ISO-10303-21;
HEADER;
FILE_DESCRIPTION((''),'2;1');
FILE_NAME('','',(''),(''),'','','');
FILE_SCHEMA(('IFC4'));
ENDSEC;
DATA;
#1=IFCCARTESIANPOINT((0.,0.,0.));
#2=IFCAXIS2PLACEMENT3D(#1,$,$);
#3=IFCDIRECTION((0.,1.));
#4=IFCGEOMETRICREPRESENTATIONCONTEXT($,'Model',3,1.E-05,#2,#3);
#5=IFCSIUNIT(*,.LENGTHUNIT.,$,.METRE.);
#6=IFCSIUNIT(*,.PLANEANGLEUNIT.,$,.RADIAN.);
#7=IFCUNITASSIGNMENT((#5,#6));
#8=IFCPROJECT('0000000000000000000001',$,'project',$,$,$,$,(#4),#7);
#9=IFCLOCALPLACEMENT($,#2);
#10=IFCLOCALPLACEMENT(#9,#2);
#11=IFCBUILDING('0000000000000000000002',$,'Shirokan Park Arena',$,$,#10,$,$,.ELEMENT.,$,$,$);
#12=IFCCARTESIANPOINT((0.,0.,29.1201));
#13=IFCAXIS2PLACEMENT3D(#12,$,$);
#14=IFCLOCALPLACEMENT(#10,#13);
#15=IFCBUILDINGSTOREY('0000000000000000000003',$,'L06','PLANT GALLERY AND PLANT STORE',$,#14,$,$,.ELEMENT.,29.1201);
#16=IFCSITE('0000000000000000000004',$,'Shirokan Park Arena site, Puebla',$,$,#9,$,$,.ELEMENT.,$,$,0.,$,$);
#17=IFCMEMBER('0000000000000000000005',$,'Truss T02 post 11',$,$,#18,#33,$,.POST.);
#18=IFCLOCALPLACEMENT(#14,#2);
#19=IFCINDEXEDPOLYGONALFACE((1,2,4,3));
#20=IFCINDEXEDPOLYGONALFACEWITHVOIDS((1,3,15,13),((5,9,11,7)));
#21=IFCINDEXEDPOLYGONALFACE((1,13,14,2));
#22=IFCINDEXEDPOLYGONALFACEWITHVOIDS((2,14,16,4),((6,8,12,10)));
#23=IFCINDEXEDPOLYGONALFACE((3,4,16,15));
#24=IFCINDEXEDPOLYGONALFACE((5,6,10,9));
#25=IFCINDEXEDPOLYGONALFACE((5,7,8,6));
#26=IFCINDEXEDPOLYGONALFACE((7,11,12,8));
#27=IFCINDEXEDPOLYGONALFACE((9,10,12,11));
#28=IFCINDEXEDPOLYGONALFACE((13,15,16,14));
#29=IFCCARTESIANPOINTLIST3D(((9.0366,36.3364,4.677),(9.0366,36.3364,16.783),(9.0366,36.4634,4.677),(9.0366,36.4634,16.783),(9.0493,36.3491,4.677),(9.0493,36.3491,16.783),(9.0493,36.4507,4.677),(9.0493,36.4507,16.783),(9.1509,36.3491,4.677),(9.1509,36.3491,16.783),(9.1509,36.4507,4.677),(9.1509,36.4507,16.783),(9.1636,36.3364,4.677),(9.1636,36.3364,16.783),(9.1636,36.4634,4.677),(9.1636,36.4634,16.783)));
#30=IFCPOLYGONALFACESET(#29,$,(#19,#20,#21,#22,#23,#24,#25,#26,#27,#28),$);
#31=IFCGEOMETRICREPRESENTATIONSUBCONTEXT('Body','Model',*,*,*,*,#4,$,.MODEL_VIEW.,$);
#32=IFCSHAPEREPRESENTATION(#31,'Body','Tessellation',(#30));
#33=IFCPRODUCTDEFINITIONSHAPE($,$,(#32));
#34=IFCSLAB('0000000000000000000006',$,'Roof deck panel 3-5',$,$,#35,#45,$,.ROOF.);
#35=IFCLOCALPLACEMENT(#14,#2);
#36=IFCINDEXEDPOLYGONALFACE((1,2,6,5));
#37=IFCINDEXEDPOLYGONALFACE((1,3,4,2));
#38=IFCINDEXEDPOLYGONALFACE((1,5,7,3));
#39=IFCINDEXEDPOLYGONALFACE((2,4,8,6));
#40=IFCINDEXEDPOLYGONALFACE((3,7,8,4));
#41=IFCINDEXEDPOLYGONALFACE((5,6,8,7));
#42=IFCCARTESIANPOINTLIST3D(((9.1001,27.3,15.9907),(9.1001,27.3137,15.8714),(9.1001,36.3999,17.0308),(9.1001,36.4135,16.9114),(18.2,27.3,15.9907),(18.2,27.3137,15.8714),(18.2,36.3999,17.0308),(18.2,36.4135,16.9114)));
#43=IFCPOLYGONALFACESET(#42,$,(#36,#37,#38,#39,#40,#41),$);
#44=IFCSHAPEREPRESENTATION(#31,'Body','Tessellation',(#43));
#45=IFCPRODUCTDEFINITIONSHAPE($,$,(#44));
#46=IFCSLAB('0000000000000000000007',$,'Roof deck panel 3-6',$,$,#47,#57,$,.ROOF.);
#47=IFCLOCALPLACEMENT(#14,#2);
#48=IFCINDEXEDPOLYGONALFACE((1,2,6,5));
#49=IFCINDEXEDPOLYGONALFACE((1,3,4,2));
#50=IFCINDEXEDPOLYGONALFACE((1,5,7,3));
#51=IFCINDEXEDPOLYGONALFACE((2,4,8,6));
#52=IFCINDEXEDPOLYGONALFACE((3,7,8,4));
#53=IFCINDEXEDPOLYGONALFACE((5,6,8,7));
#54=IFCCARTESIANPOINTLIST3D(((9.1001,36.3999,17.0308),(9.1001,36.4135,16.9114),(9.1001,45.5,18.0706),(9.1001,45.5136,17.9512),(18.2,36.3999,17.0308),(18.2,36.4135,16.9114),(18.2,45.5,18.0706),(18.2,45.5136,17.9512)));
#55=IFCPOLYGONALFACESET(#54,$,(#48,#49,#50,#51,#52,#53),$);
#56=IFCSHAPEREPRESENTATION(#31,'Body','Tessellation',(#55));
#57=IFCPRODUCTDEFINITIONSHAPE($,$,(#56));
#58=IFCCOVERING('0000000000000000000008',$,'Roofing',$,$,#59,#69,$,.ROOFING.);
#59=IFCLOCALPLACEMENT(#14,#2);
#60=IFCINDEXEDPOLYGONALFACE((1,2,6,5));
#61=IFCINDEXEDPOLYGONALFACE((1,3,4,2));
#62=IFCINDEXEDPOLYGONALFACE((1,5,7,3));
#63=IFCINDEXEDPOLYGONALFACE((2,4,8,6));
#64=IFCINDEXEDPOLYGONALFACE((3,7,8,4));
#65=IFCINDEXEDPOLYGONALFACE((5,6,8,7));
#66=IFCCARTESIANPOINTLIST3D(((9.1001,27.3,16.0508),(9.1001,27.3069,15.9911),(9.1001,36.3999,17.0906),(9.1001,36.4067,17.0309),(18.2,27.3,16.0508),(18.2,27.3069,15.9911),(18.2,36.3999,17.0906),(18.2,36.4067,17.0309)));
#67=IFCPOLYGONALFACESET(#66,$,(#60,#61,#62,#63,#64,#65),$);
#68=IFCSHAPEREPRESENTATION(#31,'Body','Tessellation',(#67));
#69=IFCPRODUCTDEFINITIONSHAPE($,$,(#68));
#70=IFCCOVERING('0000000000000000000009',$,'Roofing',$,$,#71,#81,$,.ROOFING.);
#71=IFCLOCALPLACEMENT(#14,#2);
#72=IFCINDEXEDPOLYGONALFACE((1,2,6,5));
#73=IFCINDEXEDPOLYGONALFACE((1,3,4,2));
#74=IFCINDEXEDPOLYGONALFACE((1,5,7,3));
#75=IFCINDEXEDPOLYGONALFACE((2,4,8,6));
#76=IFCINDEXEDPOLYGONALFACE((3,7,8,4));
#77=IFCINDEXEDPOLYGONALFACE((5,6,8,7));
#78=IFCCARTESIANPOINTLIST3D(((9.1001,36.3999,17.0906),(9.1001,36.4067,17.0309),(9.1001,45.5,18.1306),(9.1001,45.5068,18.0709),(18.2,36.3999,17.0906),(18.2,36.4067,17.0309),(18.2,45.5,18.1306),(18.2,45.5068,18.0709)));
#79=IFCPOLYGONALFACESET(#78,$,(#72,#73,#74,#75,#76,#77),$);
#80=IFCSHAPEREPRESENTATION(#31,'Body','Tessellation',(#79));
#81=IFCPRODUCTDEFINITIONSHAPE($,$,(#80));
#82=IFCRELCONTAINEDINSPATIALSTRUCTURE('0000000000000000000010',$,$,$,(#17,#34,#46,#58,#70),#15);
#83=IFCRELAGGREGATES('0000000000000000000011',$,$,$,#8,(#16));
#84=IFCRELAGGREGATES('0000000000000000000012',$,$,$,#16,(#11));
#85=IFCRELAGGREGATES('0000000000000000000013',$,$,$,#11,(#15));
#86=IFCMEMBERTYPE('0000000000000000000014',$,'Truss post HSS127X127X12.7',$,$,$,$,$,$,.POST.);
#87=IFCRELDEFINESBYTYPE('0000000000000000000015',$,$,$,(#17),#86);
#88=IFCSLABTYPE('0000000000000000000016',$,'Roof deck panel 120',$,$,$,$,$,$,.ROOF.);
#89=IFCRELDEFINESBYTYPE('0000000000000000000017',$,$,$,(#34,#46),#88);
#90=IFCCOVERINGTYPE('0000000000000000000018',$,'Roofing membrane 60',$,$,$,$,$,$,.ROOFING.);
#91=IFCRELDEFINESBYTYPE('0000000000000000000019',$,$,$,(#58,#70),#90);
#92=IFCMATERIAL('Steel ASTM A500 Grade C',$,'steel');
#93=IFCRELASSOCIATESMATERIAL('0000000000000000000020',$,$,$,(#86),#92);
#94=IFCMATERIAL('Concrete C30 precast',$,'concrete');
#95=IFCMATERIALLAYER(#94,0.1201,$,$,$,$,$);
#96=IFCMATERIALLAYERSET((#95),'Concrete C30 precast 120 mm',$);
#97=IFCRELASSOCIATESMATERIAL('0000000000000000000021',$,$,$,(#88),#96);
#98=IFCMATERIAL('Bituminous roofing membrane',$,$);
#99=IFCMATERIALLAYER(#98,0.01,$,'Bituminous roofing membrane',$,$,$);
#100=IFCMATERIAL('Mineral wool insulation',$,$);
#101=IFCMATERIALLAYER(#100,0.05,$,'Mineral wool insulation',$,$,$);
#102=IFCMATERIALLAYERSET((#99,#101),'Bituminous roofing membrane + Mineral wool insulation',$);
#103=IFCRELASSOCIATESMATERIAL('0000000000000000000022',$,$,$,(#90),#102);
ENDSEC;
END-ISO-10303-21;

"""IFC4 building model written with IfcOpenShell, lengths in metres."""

from ifc_helpers import new_model, si_unit, direction, frame, origin, origin_2d, place, context, subcontext, project, spatial, polyline, hollow_rectangle, outline, extrude, material, layer, layer_set, material_profile, profile_set, type_object, element, save


model = new_model("IFC4")

# Units and contexts
model_context = context("Model", 3, precision=1e-05, world=origin(), true_north=direction((0.0, 1.0)))
body_context = subcontext(model_context, "Body", "Model", "MODEL_VIEW")
ifc_project = project(units=[si_unit("LENGTHUNIT", "METRE"), si_unit("PLANEANGLEUNIT", "RADIAN")], contexts=[model_context])

# Site, building, storey
site_placement = place(None, origin())
site = spatial("IfcSite", under=ifc_project, at=site_placement, Name="Shirokan Park Arena site, Puebla", CompositionType="ELEMENT", RefElevation=0.0)
building_placement = place(site_placement, origin())
building = spatial("IfcBuilding", under=site, at=building_placement, Name="Shirokan Park Arena", CompositionType="ELEMENT")
storey_placement = place(building_placement, frame((0.0, 0.0, 29.1201)))
storey = spatial("IfcBuildingStorey", under=building, at=storey_placement, Name="L06", Description="PLANT GALLERY AND PLANT STORE", CompositionType="ELEMENT", Elevation=29.1201)

# Member
ifc_material_1 = material(Name="Steel ASTM A500 Grade C", Category="steel")
ifc_material_profile_1 = material_profile(ifc_material_1, hollow_rectangle(XDim=0.127, YDim=0.127, WallThickness=0.0127, at=origin_2d()), Name="HSS127X127X12.7")
ifc_profile_set_1 = profile_set([ifc_material_profile_1], Name="Steel ASTM A500 Grade C")
member_type_1 = type_object("IfcMemberType", Name="Truss post HSS127X127X12.7", PredefinedType="POST", material=ifc_profile_set_1)
member_1_placement = place(storey_placement, frame((9.1001, 36.3999, 4.677), z_axis=(0.0, 0.0, 1.0), x_axis=(1.0, 0.0, 0.0)))
element("IfcMember", 1, at=member_1_placement, inside=storey, type_object=member_type_1, Name="Truss T02 post 11", PredefinedType="POST", context=body_context, shape_type="SweptSolid", body=[
    extrude(hollow_rectangle(XDim=0.127, YDim=0.127, WallThickness=0.0127, at=origin_2d()), origin(), (0.0, 0.0, 1.0), 12.106),
])

# Slabs
ifc_material_2 = material(Name="Concrete C30 precast", Category="concrete")
ifc_layer_1 = layer(ifc_material_2, 0.1201)
ifc_layer_set_1 = layer_set([ifc_layer_1], Name="Concrete C30 precast 120 mm")
slab_type = type_object("IfcSlabType", Name="Roof deck panel 120", PredefinedType="ROOF", material=ifc_layer_set_1)
slab_1_placement = place(storey_placement, frame((9.1001, 27.3, 15.9907), z_axis=(0.0, -0.113553, 0.993532), x_axis=(1.0, 0.0, 0.0)))
element("IfcSlab", 2, at=slab_1_placement, inside=storey, type_object=slab_type, Name="Roof deck panel 3-5", PredefinedType="ROOF", context=body_context, shape_type="SweptSolid", body=[
    extrude(outline(polyline([(0.0, 0.0), (9.0999, 0.0), (9.0999, 9.1591), (0.0, 9.1591), (0.0, 0.0)])), origin(), (0.0, 0.0, -1.0), 0.1201),
])
slab_2_placement = place(storey_placement, frame((9.1001, 36.3999, 17.0308), z_axis=(0.0, -0.113523, 0.993535), x_axis=(1.0, 0.0, 0.0)))
element("IfcSlab", 3, at=slab_2_placement, inside=storey, type_object=slab_type, Name="Roof deck panel 3-6", PredefinedType="ROOF", context=body_context, shape_type="SweptSolid", body=[
    extrude(outline(polyline([(0.0, 0.0), (9.0999, 0.0), (9.0999, 9.1593), (0.0, 9.1593), (0.0, 0.0)])), origin(), (0.0, 0.0, -1.0), 0.1201),
])

# Coverings
ifc_material_3 = material(Name="Bituminous roofing membrane")
ifc_layer_2 = layer(ifc_material_3, 0.01, Name="Bituminous roofing membrane")
ifc_material_4 = material(Name="Mineral wool insulation")
ifc_layer_3 = layer(ifc_material_4, 0.05, Name="Mineral wool insulation")
ifc_layer_set_2 = layer_set([ifc_layer_2, ifc_layer_3], Name="Bituminous roofing membrane + Mineral wool insulation")
covering_type = type_object("IfcCoveringType", Name="Roofing membrane 60", PredefinedType="ROOFING", material=ifc_layer_set_2)
covering_1_placement = place(storey_placement, frame((9.1001, 27.3, 16.0508), z_axis=(0.0, -0.113526, 0.993535), x_axis=(1.0, 0.0, 0.0)))
element("IfcCovering", 4, at=covering_1_placement, inside=storey, type_object=covering_type, Name="Roofing", PredefinedType="ROOFING", context=body_context, shape_type="SweptSolid", body=[
    extrude(outline(polyline([(0.0, 0.0), (9.0999, 0.0), (9.0999, 9.1591), (0.0, 9.1591), (0.0, 0.0)])), origin(), (0.0, 0.0, -1.0), 0.0601),
])
covering_2_placement = place(storey_placement, frame((9.1001, 36.3999, 17.0906), z_axis=(0.0, -0.11355, 0.993532), x_axis=(1.0, 0.0, 0.0)))
element("IfcCovering", 5, at=covering_2_placement, inside=storey, type_object=covering_type, Name="Roofing", PredefinedType="ROOFING", context=body_context, shape_type="SweptSolid", body=[
    extrude(outline(polyline([(0.0, 0.0), (9.0999, 0.0), (9.0999, 9.1593), (0.0, 9.1593), (0.0, 0.0)])), origin(), (0.0, 0.0, -1.0), 0.0601),
])

save(model, "model.ifc")
